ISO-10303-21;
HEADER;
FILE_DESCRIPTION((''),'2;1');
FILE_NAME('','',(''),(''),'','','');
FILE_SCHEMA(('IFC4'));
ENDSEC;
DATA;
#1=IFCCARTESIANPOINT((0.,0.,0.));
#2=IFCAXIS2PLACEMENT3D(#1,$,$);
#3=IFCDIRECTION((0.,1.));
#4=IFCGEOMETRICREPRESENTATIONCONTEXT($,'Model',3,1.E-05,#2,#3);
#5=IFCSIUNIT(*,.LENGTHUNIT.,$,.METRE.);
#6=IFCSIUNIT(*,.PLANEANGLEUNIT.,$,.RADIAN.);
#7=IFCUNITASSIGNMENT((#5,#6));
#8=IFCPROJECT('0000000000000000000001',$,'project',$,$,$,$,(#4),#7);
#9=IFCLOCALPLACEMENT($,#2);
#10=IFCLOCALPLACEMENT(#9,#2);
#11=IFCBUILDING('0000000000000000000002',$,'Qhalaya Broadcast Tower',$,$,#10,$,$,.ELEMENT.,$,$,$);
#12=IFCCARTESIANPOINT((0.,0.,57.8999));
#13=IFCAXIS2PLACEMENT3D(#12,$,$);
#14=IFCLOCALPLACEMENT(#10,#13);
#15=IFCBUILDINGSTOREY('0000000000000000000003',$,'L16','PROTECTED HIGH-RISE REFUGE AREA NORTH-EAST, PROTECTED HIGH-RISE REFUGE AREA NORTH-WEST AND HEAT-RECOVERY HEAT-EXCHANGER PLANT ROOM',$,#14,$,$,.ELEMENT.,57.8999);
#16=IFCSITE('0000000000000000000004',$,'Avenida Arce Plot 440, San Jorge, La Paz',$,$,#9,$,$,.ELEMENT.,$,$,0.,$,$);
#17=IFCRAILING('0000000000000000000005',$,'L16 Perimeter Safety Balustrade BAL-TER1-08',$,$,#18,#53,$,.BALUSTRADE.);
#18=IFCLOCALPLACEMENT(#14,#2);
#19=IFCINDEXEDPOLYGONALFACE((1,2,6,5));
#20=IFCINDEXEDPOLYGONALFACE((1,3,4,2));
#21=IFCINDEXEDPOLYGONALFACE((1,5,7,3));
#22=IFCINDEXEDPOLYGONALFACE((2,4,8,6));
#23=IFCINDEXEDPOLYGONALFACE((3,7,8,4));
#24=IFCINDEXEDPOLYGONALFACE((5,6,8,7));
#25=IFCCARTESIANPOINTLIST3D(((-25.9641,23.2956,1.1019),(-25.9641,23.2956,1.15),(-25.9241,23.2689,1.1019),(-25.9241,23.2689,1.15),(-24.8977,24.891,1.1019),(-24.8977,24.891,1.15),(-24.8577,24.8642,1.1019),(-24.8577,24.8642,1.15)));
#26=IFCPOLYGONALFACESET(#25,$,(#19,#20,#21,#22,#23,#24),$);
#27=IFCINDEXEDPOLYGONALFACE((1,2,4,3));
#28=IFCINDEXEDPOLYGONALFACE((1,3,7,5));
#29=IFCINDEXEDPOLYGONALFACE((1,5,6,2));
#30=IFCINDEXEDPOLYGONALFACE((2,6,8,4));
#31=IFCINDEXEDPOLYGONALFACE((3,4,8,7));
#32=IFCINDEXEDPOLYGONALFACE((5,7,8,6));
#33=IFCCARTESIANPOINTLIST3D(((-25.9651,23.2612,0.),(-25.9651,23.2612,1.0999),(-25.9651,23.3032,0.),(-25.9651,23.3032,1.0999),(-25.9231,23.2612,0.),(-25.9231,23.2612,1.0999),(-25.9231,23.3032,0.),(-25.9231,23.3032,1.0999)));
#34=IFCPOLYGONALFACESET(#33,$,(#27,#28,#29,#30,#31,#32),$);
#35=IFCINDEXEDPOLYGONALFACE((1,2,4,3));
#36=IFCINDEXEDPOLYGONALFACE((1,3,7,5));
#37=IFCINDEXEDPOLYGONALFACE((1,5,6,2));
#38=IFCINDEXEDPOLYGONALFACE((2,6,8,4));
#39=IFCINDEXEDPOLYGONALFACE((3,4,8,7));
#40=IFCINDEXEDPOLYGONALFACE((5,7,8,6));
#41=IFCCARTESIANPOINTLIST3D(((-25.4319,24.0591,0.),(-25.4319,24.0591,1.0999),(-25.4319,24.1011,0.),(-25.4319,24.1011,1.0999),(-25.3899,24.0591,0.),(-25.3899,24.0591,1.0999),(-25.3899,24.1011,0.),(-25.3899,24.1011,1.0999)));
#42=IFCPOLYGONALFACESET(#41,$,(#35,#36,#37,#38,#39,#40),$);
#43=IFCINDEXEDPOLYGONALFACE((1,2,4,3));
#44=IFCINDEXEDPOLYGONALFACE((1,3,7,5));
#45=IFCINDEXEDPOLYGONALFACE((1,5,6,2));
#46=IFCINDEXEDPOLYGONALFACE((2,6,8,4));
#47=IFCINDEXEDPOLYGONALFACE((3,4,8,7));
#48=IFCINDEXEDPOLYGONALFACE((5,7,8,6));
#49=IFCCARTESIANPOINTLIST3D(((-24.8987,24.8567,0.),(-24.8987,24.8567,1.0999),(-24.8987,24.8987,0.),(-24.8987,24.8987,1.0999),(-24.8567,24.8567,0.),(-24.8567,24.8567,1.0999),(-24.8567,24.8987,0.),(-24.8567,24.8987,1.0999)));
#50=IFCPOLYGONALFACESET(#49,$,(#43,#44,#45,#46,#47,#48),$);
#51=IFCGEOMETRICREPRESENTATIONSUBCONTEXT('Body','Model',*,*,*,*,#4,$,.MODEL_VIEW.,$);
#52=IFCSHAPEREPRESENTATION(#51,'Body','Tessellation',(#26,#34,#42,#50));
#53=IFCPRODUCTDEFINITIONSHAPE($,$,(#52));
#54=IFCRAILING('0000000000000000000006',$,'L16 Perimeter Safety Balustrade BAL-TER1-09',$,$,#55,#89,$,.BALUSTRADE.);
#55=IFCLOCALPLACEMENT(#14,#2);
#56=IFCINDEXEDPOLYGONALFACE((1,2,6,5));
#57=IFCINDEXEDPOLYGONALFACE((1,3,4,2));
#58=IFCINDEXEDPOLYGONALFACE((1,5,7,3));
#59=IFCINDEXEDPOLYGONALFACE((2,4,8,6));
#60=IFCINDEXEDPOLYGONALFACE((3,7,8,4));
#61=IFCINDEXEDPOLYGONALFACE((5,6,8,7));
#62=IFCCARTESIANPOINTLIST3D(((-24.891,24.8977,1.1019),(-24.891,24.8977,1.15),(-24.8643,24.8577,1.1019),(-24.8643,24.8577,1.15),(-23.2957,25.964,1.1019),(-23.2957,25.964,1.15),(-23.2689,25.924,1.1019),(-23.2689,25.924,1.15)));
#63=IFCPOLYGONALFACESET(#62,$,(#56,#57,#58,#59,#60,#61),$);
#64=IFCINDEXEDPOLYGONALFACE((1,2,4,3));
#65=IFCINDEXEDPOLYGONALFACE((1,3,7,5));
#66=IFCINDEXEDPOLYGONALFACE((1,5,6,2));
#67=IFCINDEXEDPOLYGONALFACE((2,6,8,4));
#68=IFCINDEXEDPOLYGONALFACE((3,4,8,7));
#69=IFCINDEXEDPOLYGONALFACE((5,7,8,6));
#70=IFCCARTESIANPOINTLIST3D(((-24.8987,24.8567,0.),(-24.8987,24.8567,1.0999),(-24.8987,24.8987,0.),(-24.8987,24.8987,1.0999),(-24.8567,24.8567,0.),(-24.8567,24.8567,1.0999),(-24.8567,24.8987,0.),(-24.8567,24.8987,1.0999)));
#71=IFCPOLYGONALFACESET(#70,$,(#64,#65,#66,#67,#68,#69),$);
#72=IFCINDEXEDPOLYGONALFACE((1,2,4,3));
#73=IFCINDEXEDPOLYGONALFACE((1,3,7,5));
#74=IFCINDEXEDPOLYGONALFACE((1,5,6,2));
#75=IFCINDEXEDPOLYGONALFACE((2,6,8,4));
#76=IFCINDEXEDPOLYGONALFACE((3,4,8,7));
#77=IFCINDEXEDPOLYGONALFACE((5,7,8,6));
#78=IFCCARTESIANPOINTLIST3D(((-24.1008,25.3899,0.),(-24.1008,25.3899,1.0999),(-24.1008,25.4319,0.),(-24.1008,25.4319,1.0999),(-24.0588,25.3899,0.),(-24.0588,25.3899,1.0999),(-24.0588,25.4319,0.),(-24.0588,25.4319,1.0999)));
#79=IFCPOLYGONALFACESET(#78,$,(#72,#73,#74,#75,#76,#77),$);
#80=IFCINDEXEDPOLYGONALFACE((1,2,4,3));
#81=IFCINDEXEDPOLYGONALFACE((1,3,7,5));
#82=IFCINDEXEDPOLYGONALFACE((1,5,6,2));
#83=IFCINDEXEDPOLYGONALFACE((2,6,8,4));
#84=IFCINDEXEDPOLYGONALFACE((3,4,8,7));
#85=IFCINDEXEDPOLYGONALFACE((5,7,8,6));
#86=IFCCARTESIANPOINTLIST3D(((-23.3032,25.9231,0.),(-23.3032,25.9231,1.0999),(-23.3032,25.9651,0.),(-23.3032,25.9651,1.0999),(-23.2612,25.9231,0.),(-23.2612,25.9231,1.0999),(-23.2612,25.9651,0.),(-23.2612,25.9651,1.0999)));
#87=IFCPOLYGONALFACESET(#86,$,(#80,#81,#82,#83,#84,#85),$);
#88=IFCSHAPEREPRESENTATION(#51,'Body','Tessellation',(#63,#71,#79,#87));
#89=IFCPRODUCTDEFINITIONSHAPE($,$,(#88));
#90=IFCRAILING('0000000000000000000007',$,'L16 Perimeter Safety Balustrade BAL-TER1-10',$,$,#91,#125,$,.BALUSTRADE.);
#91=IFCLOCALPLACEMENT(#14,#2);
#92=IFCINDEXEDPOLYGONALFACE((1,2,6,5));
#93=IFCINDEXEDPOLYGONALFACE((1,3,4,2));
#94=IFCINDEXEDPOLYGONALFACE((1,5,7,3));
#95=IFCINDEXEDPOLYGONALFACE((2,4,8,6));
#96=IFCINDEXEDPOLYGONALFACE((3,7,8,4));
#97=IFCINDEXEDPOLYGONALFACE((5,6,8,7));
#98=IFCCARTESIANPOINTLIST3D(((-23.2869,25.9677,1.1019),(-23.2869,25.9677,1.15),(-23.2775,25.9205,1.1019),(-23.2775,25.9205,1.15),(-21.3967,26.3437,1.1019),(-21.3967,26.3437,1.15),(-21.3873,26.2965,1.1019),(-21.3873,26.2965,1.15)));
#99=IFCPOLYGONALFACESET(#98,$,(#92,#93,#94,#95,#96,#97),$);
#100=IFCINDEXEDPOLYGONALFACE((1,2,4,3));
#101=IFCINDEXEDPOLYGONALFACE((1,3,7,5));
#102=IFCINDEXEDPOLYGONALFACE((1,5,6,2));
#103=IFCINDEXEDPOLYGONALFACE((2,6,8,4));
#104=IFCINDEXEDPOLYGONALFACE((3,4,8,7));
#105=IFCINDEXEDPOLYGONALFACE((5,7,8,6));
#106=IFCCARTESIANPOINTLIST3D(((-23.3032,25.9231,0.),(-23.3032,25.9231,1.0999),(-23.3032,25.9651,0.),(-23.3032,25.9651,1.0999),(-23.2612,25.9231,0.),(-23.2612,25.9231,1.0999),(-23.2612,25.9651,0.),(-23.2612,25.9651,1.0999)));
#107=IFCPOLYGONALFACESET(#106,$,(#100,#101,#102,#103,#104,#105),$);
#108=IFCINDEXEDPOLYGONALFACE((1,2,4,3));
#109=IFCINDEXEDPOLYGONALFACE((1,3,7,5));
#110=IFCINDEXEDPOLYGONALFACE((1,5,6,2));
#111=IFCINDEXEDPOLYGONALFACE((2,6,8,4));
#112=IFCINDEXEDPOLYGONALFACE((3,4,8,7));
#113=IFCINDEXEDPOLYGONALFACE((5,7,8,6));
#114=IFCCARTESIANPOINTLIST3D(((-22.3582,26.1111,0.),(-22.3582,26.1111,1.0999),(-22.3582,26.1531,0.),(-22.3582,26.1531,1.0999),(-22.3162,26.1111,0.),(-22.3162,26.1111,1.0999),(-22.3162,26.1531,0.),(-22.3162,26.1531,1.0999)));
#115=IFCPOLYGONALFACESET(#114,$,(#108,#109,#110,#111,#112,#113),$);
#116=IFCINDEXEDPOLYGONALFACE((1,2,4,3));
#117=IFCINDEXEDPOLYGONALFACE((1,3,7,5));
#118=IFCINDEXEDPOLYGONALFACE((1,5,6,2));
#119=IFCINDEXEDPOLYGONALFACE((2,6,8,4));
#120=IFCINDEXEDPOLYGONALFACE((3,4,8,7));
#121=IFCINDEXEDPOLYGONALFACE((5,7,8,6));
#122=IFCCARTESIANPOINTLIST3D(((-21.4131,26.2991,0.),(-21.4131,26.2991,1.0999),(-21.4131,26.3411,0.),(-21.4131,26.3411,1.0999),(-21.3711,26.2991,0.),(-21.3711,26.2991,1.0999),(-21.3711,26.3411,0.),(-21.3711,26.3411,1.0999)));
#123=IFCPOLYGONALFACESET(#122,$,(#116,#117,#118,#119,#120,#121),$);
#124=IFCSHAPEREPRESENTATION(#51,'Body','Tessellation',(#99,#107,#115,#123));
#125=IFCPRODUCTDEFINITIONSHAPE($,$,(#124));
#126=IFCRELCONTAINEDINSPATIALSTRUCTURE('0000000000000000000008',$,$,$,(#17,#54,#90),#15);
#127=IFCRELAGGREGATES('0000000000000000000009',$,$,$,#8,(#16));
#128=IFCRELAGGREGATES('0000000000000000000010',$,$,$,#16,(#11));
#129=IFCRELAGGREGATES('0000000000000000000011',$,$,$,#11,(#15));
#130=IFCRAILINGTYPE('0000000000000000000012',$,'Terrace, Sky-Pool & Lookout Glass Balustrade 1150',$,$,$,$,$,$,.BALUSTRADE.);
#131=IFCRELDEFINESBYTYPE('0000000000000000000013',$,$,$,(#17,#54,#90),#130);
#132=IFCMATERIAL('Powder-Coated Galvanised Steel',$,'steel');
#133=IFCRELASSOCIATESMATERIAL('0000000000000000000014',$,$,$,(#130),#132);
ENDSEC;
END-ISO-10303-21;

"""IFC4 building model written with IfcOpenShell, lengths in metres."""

from ifc_helpers import new_model, si_unit, direction, frame, origin, origin_2d, place, context, subcontext, project, spatial, rectangle, extrude, material, type_object, element, save


model = new_model("IFC4")

# Units and contexts
model_context = context("Model", 3, precision=1e-05, world=origin(), true_north=direction((0.0, 1.0)))
body_context = subcontext(model_context, "Body", "Model", "MODEL_VIEW")
ifc_project = project(units=[si_unit("LENGTHUNIT", "METRE"), si_unit("PLANEANGLEUNIT", "RADIAN")], contexts=[model_context])

# Site, building, storey
site_placement = place(None, origin())
site = spatial("IfcSite", under=ifc_project, at=site_placement, Name="Avenida Arce Plot 440, San Jorge, La Paz", CompositionType="ELEMENT", RefElevation=0.0)
building_placement = place(site_placement, origin())
building = spatial("IfcBuilding", under=site, at=building_placement, Name="Qhalaya Broadcast Tower", CompositionType="ELEMENT")
storey_placement = place(building_placement, frame((0.0, 0.0, 57.8999)))
storey = spatial("IfcBuildingStorey", under=building, at=storey_placement, Name="L16", Description="PROTECTED HIGH-RISE REFUGE AREA NORTH-EAST, PROTECTED HIGH-RISE REFUGE AREA NORTH-WEST AND HEAT-RECOVERY HEAT-EXCHANGER PLANT ROOM", CompositionType="ELEMENT", Elevation=57.8999)

# Railings
ifc_material_1 = material(Name="Powder-Coated Galvanised Steel", Category="steel")
railing_type = type_object("IfcRailingType", Name="Terrace, Sky-Pool & Lookout Glass Balustrade 1150", PredefinedType="BALUSTRADE", material=ifc_material_1)
railing_1_placement = place(storey_placement, frame((-25.9441, 23.2822, 0.0)))
element("IfcRailing", 1, at=railing_1_placement, inside=storey, type_object=railing_type, Name="L16 Perimeter Safety Balustrade BAL-TER1-08", PredefinedType="BALUSTRADE", context=body_context, shape_type="SweptSolid", body=[
    extrude(rectangle(XDim=0.0481, YDim=0.0481, at=origin_2d()), frame((0.0, 0.0, 1.126), z_axis=(0.555698, 0.831384, 0.0), x_axis=(-0.831384, 0.555698, 0.0)), (0.0, 0.0, 1.0), 1.9189),
    extrude(rectangle(XDim=0.042, YDim=0.042, at=origin_2d()), origin(), (0.0, 0.0, 1.0), 1.0999),
    extrude(rectangle(XDim=0.042, YDim=0.042, at=origin_2d()), frame((0.5332, 0.7979, 0.0)), (0.0, 0.0, 1.0), 1.0999),
    extrude(rectangle(XDim=0.042, YDim=0.042, at=origin_2d()), frame((1.0664, 1.5955, 0.0)), (0.0, 0.0, 1.0), 1.0999),
])
railing_2_placement = place(storey_placement, frame((-24.8777, 24.8777, 0.0)))
element("IfcRailing", 2, at=railing_2_placement, inside=storey, type_object=railing_type, Name="L16 Perimeter Safety Balustrade BAL-TER1-09", PredefinedType="BALUSTRADE", context=body_context, shape_type="SweptSolid", body=[
    extrude(rectangle(XDim=0.0481, YDim=0.0481, at=origin_2d()), frame((0.0, 0.0, 1.126), z_axis=(0.831384, 0.555698, 0.0), x_axis=(-0.555698, 0.831384, 0.0)), (0.0, 0.0, 1.0), 1.9189),
    extrude(rectangle(XDim=0.042, YDim=0.042, at=origin_2d()), origin(), (0.0, 0.0, 1.0), 1.0999),
    extrude(rectangle(XDim=0.042, YDim=0.042, at=origin_2d()), frame((0.7979, 0.5332, 0.0)), (0.0, 0.0, 1.0), 1.0999),
    extrude(rectangle(XDim=0.042, YDim=0.042, at=origin_2d()), frame((1.5955, 1.0664, 0.0)), (0.0, 0.0, 1.0), 1.0999),
])
railing_3_placement = place(storey_placement, frame((-23.2822, 25.9441, 0.0)))
element("IfcRailing", 3, at=railing_3_placement, inside=storey, type_object=railing_type, Name="L16 Perimeter Safety Balustrade BAL-TER1-10", PredefinedType="BALUSTRADE", context=body_context, shape_type="SweptSolid", body=[
    extrude(rectangle(XDim=0.0481, YDim=0.0481, at=origin_2d()), frame((0.0, 0.0, 1.126), z_axis=(0.980785, 0.195093, 0.0), x_axis=(-0.195093, 0.980785, 0.0)), (0.0, 0.0, 1.0), 1.9272),
    extrude(rectangle(XDim=0.042, YDim=0.042, at=origin_2d()), origin(), (0.0, 0.0, 1.0), 1.0999),
    extrude(rectangle(XDim=0.042, YDim=0.042, at=origin_2d()), frame((0.9451, 0.188, 0.0)), (0.0, 0.0, 1.0), 1.0999),
    extrude(rectangle(XDim=0.042, YDim=0.042, at=origin_2d()), frame((1.8901, 0.376, 0.0)), (0.0, 0.0, 1.0), 1.0999),
])

save(model, "model.ifc")
